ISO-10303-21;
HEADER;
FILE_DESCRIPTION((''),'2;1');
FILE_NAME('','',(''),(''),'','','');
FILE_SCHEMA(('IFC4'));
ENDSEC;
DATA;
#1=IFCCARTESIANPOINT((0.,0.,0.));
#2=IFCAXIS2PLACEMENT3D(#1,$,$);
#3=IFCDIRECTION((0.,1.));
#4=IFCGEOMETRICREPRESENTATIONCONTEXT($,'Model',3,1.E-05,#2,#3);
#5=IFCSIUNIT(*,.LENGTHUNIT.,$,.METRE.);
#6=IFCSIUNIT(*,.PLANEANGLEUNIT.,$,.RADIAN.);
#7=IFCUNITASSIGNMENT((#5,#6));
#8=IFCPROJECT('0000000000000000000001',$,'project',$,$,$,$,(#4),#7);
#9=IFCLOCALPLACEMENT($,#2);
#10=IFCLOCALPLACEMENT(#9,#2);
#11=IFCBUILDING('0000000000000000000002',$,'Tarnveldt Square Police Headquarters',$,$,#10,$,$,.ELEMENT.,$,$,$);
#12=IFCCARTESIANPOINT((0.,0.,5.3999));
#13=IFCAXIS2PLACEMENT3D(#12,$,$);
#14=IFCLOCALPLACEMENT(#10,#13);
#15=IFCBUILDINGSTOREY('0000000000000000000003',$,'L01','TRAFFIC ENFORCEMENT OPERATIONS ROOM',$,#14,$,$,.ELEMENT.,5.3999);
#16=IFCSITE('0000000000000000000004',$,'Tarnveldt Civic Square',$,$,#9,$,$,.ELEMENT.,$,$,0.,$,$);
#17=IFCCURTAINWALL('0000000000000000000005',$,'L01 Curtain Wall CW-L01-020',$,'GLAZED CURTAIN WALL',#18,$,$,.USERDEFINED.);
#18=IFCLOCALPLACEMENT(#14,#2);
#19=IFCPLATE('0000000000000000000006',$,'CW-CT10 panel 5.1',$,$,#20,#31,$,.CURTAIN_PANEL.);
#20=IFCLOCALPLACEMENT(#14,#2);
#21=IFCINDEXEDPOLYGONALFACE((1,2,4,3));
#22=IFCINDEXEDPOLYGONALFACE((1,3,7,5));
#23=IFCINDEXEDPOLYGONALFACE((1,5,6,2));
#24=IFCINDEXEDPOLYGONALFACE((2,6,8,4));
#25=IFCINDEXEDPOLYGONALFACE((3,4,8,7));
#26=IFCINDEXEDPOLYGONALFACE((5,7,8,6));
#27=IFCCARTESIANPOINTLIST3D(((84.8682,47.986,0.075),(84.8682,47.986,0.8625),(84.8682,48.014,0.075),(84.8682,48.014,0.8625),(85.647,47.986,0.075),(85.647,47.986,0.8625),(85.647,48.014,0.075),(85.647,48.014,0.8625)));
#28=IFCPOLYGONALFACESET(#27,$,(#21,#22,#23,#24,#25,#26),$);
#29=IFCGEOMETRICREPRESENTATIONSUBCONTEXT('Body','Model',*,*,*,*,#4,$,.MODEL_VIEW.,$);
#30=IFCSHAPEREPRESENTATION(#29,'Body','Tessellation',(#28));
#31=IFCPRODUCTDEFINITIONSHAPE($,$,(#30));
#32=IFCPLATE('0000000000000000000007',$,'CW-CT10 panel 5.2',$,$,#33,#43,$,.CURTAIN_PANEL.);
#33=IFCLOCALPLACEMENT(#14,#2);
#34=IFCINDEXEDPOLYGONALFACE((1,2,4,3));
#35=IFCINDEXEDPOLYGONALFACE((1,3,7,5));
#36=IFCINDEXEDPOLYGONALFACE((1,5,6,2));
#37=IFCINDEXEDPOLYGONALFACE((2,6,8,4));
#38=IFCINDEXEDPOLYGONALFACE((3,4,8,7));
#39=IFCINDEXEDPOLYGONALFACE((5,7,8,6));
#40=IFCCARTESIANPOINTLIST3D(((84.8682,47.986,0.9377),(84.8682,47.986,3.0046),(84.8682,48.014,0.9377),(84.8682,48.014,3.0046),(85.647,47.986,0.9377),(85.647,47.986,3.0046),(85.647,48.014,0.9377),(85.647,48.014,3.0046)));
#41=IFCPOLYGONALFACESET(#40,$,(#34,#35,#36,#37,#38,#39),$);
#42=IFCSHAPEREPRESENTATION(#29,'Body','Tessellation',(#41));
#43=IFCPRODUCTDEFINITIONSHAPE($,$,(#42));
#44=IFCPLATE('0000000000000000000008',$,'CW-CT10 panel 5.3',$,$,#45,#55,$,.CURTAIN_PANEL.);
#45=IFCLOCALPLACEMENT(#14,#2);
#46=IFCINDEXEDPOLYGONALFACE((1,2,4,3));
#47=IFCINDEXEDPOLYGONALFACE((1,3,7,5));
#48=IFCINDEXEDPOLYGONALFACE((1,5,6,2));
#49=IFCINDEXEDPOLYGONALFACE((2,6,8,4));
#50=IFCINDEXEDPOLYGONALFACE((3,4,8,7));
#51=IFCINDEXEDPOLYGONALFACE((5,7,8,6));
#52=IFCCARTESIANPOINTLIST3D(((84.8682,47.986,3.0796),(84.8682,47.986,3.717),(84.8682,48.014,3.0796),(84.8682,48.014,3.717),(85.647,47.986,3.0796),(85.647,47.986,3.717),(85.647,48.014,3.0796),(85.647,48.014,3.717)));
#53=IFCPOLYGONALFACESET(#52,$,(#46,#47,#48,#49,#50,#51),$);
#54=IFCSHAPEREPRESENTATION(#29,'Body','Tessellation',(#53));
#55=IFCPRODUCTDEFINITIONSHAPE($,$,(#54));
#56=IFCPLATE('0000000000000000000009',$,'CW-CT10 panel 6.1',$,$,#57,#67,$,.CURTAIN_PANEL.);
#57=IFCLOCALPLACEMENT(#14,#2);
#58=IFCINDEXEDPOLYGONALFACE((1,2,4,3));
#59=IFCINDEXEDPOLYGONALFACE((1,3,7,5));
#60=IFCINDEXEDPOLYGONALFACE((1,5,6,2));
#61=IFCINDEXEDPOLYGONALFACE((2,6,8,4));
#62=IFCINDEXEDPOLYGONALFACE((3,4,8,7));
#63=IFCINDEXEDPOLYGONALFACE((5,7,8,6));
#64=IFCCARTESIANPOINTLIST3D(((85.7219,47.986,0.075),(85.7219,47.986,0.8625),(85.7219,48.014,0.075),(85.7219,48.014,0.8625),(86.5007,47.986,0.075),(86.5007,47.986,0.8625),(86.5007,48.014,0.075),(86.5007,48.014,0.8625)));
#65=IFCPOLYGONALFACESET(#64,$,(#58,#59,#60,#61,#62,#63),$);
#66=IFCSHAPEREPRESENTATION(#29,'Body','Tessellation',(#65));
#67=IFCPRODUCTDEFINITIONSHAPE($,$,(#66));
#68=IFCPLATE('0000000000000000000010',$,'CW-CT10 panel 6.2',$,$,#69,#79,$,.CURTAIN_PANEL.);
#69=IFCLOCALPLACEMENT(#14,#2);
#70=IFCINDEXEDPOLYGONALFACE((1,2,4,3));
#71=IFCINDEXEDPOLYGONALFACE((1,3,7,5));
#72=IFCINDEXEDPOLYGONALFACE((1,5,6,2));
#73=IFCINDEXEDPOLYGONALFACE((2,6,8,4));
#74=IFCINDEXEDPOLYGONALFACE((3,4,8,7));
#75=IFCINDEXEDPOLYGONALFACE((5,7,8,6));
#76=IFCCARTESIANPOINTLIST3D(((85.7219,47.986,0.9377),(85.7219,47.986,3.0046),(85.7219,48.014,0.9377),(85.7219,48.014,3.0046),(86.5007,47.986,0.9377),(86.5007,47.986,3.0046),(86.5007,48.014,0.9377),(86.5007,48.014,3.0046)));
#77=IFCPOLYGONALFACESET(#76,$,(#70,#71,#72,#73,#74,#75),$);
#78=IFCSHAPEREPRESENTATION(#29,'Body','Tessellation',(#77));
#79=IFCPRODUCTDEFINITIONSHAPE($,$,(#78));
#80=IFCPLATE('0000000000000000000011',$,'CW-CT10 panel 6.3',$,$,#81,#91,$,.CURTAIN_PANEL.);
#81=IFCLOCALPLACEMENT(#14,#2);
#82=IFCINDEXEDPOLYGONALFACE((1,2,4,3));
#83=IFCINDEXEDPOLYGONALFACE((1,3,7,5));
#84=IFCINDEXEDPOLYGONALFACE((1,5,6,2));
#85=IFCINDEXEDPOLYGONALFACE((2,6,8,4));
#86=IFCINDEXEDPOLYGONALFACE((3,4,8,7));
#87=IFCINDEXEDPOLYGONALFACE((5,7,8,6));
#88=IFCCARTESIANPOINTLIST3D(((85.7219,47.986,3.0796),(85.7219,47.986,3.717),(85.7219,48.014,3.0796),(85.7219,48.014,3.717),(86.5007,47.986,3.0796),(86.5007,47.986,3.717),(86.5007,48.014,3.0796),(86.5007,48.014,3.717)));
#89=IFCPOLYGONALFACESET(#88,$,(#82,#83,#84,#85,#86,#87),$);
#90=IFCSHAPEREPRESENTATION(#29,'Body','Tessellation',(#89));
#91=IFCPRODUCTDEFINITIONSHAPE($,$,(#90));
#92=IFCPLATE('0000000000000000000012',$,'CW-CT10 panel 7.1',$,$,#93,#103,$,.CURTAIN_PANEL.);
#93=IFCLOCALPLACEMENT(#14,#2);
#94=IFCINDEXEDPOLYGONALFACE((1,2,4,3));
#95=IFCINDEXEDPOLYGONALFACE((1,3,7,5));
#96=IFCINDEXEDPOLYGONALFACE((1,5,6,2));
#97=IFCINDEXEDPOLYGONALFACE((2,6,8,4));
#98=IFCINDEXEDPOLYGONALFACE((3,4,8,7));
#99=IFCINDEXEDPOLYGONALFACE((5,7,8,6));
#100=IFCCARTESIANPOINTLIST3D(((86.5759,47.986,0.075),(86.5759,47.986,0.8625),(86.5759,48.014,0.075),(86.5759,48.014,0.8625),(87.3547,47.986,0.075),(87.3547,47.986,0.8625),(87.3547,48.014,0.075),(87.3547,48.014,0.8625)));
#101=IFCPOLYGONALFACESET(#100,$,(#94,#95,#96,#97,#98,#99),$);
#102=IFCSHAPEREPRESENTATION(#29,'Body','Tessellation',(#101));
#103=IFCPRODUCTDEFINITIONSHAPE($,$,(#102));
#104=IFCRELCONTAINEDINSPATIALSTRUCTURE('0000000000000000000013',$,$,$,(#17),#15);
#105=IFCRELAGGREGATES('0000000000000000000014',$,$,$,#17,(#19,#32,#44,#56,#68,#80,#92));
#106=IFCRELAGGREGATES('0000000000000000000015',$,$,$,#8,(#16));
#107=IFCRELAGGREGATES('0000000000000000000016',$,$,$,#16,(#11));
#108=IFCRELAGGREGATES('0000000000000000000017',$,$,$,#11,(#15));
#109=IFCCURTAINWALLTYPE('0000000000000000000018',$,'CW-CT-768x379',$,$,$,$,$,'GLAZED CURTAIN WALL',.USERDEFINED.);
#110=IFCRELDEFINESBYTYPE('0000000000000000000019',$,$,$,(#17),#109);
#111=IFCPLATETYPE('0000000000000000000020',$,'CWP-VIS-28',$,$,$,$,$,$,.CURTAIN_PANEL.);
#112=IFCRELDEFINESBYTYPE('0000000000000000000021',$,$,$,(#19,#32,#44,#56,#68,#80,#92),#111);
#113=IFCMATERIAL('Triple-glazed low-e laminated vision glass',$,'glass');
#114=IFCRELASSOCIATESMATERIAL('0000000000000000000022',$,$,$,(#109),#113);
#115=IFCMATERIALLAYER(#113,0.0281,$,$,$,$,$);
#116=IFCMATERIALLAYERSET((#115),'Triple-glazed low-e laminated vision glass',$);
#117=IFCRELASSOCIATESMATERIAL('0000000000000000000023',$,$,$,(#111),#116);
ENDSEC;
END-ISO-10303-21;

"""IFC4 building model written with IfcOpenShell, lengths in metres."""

from ifc_helpers import new_model, si_unit, direction, frame, origin, origin_2d, place, context, subcontext, project, spatial, rectangle, extrude, material, layer, layer_set, type_object, element, aggregate, save


model = new_model("IFC4")

# Units and contexts
model_context = context("Model", 3, precision=1e-05, world=origin(), true_north=direction((0.0, 1.0)))
body_context = subcontext(model_context, "Body", "Model", "MODEL_VIEW")
ifc_project = project(units=[si_unit("LENGTHUNIT", "METRE"), si_unit("PLANEANGLEUNIT", "RADIAN")], contexts=[model_context])

# Site, building, storey
site_placement = place(None, origin())
site = spatial("IfcSite", under=ifc_project, at=site_placement, Name="Tarnveldt Civic Square", CompositionType="ELEMENT", RefElevation=0.0)
building_placement = place(site_placement, origin())
building = spatial("IfcBuilding", under=site, at=building_placement, Name="Tarnveldt Square Police Headquarters", CompositionType="ELEMENT")
storey_placement = place(building_placement, frame((0.0, 0.0, 5.3999)))
storey = spatial("IfcBuildingStorey", under=building, at=storey_placement, Name="L01", Description="TRAFFIC ENFORCEMENT OPERATIONS ROOM", CompositionType="ELEMENT", Elevation=5.3999)

# Curtain wall, plates
ifc_material_1 = material(Name="Triple-glazed low-e laminated vision glass", Category="glass")
curtain_wall_type = type_object("IfcCurtainWallType", Name="CW-CT-768x379", ElementType="GLAZED CURTAIN WALL", PredefinedType="USERDEFINED", material=ifc_material_1)
curtain_wall_placement = place(storey_placement, origin())
curtain_wall = element("IfcCurtainWall", 1, at=curtain_wall_placement, inside=storey, type_object=curtain_wall_type, Name="L01 Curtain Wall CW-L01-020", ObjectType="GLAZED CURTAIN WALL", PredefinedType="USERDEFINED")
ifc_layer = layer(ifc_material_1, 0.0281)
ifc_layer_set = layer_set([ifc_layer], Name="Triple-glazed low-e laminated vision glass")
plate_type = type_object("IfcPlateType", Name="CWP-VIS-28", PredefinedType="CURTAIN_PANEL", material=ifc_layer_set)
plate_1_placement = place(storey_placement, frame((85.2576, 48.0, 0.075), z_axis=(0.0, 0.0, 1.0), x_axis=(1.0, 0.0, 0.0)))
plate_1 = element("IfcPlate", 2, at=plate_1_placement, type_object=plate_type, Name="CW-CT10 panel 5.1", PredefinedType="CURTAIN_PANEL", context=body_context, shape_type="SweptSolid", body=[
    extrude(rectangle(XDim=0.7788, YDim=0.0281, at=origin_2d()), origin(), (0.0, 0.0, 1.0), 0.7876),
])
plate_2_placement = place(storey_placement, frame((85.2576, 48.0, 0.9377), z_axis=(0.0, 0.0, 1.0), x_axis=(1.0, 0.0, 0.0)))
plate_2 = element("IfcPlate", 3, at=plate_2_placement, type_object=plate_type, Name="CW-CT10 panel 5.2", PredefinedType="CURTAIN_PANEL", context=body_context, shape_type="SweptSolid", body=[
    extrude(rectangle(XDim=0.7788, YDim=0.0281, at=origin_2d()), origin(), (0.0, 0.0, 1.0), 2.0669),
])
plate_3_placement = place(storey_placement, frame((85.2576, 48.0, 3.0796), z_axis=(0.0, 0.0, 1.0), x_axis=(1.0, 0.0, 0.0)))
plate_3 = element("IfcPlate", 4, at=plate_3_placement, type_object=plate_type, Name="CW-CT10 panel 5.3", PredefinedType="CURTAIN_PANEL", context=body_context, shape_type="SweptSolid", body=[
    extrude(rectangle(XDim=0.7788, YDim=0.0281, at=origin_2d()), origin(), (0.0, 0.0, 1.0), 0.6375),
])
plate_4_placement = place(storey_placement, frame((86.1113, 48.0, 0.075), z_axis=(0.0, 0.0, 1.0), x_axis=(1.0, 0.0, 0.0)))
plate_4 = element("IfcPlate", 5, at=plate_4_placement, type_object=plate_type, Name="CW-CT10 panel 6.1", PredefinedType="CURTAIN_PANEL", context=body_context, shape_type="SweptSolid", body=[
    extrude(rectangle(XDim=0.7788, YDim=0.0281, at=origin_2d()), origin(), (0.0, 0.0, 1.0), 0.7876),
])
plate_5_placement = place(storey_placement, frame((86.1113, 48.0, 0.9377), z_axis=(0.0, 0.0, 1.0), x_axis=(1.0, 0.0, 0.0)))
plate_5 = element("IfcPlate", 6, at=plate_5_placement, type_object=plate_type, Name="CW-CT10 panel 6.2", PredefinedType="CURTAIN_PANEL", context=body_context, shape_type="SweptSolid", body=[
    extrude(rectangle(XDim=0.7788, YDim=0.0281, at=origin_2d()), origin(), (0.0, 0.0, 1.0), 2.0669),
])
plate_6_placement = place(storey_placement, frame((86.1113, 48.0, 3.0796), z_axis=(0.0, 0.0, 1.0), x_axis=(1.0, 0.0, 0.0)))
plate_6 = element("IfcPlate", 7, at=plate_6_placement, type_object=plate_type, Name="CW-CT10 panel 6.3", PredefinedType="CURTAIN_PANEL", context=body_context, shape_type="SweptSolid", body=[
    extrude(rectangle(XDim=0.7788, YDim=0.0281, at=origin_2d()), origin(), (0.0, 0.0, 1.0), 0.6375),
])
plate_7_placement = place(storey_placement, frame((86.9653, 48.0, 0.075), z_axis=(0.0, 0.0, 1.0), x_axis=(1.0, 0.0, 0.0)))
plate_7 = element("IfcPlate", 8, at=plate_7_placement, type_object=plate_type, Name="CW-CT10 panel 7.1", PredefinedType="CURTAIN_PANEL", context=body_context, shape_type="SweptSolid", body=[
    extrude(rectangle(XDim=0.7788, YDim=0.0281, at=origin_2d()), origin(), (0.0, 0.0, 1.0), 0.7876),
])
aggregate(curtain_wall, [plate_1, plate_2, plate_3, plate_4, plate_5, plate_6, plate_7])

save(model, "model.ifc")
